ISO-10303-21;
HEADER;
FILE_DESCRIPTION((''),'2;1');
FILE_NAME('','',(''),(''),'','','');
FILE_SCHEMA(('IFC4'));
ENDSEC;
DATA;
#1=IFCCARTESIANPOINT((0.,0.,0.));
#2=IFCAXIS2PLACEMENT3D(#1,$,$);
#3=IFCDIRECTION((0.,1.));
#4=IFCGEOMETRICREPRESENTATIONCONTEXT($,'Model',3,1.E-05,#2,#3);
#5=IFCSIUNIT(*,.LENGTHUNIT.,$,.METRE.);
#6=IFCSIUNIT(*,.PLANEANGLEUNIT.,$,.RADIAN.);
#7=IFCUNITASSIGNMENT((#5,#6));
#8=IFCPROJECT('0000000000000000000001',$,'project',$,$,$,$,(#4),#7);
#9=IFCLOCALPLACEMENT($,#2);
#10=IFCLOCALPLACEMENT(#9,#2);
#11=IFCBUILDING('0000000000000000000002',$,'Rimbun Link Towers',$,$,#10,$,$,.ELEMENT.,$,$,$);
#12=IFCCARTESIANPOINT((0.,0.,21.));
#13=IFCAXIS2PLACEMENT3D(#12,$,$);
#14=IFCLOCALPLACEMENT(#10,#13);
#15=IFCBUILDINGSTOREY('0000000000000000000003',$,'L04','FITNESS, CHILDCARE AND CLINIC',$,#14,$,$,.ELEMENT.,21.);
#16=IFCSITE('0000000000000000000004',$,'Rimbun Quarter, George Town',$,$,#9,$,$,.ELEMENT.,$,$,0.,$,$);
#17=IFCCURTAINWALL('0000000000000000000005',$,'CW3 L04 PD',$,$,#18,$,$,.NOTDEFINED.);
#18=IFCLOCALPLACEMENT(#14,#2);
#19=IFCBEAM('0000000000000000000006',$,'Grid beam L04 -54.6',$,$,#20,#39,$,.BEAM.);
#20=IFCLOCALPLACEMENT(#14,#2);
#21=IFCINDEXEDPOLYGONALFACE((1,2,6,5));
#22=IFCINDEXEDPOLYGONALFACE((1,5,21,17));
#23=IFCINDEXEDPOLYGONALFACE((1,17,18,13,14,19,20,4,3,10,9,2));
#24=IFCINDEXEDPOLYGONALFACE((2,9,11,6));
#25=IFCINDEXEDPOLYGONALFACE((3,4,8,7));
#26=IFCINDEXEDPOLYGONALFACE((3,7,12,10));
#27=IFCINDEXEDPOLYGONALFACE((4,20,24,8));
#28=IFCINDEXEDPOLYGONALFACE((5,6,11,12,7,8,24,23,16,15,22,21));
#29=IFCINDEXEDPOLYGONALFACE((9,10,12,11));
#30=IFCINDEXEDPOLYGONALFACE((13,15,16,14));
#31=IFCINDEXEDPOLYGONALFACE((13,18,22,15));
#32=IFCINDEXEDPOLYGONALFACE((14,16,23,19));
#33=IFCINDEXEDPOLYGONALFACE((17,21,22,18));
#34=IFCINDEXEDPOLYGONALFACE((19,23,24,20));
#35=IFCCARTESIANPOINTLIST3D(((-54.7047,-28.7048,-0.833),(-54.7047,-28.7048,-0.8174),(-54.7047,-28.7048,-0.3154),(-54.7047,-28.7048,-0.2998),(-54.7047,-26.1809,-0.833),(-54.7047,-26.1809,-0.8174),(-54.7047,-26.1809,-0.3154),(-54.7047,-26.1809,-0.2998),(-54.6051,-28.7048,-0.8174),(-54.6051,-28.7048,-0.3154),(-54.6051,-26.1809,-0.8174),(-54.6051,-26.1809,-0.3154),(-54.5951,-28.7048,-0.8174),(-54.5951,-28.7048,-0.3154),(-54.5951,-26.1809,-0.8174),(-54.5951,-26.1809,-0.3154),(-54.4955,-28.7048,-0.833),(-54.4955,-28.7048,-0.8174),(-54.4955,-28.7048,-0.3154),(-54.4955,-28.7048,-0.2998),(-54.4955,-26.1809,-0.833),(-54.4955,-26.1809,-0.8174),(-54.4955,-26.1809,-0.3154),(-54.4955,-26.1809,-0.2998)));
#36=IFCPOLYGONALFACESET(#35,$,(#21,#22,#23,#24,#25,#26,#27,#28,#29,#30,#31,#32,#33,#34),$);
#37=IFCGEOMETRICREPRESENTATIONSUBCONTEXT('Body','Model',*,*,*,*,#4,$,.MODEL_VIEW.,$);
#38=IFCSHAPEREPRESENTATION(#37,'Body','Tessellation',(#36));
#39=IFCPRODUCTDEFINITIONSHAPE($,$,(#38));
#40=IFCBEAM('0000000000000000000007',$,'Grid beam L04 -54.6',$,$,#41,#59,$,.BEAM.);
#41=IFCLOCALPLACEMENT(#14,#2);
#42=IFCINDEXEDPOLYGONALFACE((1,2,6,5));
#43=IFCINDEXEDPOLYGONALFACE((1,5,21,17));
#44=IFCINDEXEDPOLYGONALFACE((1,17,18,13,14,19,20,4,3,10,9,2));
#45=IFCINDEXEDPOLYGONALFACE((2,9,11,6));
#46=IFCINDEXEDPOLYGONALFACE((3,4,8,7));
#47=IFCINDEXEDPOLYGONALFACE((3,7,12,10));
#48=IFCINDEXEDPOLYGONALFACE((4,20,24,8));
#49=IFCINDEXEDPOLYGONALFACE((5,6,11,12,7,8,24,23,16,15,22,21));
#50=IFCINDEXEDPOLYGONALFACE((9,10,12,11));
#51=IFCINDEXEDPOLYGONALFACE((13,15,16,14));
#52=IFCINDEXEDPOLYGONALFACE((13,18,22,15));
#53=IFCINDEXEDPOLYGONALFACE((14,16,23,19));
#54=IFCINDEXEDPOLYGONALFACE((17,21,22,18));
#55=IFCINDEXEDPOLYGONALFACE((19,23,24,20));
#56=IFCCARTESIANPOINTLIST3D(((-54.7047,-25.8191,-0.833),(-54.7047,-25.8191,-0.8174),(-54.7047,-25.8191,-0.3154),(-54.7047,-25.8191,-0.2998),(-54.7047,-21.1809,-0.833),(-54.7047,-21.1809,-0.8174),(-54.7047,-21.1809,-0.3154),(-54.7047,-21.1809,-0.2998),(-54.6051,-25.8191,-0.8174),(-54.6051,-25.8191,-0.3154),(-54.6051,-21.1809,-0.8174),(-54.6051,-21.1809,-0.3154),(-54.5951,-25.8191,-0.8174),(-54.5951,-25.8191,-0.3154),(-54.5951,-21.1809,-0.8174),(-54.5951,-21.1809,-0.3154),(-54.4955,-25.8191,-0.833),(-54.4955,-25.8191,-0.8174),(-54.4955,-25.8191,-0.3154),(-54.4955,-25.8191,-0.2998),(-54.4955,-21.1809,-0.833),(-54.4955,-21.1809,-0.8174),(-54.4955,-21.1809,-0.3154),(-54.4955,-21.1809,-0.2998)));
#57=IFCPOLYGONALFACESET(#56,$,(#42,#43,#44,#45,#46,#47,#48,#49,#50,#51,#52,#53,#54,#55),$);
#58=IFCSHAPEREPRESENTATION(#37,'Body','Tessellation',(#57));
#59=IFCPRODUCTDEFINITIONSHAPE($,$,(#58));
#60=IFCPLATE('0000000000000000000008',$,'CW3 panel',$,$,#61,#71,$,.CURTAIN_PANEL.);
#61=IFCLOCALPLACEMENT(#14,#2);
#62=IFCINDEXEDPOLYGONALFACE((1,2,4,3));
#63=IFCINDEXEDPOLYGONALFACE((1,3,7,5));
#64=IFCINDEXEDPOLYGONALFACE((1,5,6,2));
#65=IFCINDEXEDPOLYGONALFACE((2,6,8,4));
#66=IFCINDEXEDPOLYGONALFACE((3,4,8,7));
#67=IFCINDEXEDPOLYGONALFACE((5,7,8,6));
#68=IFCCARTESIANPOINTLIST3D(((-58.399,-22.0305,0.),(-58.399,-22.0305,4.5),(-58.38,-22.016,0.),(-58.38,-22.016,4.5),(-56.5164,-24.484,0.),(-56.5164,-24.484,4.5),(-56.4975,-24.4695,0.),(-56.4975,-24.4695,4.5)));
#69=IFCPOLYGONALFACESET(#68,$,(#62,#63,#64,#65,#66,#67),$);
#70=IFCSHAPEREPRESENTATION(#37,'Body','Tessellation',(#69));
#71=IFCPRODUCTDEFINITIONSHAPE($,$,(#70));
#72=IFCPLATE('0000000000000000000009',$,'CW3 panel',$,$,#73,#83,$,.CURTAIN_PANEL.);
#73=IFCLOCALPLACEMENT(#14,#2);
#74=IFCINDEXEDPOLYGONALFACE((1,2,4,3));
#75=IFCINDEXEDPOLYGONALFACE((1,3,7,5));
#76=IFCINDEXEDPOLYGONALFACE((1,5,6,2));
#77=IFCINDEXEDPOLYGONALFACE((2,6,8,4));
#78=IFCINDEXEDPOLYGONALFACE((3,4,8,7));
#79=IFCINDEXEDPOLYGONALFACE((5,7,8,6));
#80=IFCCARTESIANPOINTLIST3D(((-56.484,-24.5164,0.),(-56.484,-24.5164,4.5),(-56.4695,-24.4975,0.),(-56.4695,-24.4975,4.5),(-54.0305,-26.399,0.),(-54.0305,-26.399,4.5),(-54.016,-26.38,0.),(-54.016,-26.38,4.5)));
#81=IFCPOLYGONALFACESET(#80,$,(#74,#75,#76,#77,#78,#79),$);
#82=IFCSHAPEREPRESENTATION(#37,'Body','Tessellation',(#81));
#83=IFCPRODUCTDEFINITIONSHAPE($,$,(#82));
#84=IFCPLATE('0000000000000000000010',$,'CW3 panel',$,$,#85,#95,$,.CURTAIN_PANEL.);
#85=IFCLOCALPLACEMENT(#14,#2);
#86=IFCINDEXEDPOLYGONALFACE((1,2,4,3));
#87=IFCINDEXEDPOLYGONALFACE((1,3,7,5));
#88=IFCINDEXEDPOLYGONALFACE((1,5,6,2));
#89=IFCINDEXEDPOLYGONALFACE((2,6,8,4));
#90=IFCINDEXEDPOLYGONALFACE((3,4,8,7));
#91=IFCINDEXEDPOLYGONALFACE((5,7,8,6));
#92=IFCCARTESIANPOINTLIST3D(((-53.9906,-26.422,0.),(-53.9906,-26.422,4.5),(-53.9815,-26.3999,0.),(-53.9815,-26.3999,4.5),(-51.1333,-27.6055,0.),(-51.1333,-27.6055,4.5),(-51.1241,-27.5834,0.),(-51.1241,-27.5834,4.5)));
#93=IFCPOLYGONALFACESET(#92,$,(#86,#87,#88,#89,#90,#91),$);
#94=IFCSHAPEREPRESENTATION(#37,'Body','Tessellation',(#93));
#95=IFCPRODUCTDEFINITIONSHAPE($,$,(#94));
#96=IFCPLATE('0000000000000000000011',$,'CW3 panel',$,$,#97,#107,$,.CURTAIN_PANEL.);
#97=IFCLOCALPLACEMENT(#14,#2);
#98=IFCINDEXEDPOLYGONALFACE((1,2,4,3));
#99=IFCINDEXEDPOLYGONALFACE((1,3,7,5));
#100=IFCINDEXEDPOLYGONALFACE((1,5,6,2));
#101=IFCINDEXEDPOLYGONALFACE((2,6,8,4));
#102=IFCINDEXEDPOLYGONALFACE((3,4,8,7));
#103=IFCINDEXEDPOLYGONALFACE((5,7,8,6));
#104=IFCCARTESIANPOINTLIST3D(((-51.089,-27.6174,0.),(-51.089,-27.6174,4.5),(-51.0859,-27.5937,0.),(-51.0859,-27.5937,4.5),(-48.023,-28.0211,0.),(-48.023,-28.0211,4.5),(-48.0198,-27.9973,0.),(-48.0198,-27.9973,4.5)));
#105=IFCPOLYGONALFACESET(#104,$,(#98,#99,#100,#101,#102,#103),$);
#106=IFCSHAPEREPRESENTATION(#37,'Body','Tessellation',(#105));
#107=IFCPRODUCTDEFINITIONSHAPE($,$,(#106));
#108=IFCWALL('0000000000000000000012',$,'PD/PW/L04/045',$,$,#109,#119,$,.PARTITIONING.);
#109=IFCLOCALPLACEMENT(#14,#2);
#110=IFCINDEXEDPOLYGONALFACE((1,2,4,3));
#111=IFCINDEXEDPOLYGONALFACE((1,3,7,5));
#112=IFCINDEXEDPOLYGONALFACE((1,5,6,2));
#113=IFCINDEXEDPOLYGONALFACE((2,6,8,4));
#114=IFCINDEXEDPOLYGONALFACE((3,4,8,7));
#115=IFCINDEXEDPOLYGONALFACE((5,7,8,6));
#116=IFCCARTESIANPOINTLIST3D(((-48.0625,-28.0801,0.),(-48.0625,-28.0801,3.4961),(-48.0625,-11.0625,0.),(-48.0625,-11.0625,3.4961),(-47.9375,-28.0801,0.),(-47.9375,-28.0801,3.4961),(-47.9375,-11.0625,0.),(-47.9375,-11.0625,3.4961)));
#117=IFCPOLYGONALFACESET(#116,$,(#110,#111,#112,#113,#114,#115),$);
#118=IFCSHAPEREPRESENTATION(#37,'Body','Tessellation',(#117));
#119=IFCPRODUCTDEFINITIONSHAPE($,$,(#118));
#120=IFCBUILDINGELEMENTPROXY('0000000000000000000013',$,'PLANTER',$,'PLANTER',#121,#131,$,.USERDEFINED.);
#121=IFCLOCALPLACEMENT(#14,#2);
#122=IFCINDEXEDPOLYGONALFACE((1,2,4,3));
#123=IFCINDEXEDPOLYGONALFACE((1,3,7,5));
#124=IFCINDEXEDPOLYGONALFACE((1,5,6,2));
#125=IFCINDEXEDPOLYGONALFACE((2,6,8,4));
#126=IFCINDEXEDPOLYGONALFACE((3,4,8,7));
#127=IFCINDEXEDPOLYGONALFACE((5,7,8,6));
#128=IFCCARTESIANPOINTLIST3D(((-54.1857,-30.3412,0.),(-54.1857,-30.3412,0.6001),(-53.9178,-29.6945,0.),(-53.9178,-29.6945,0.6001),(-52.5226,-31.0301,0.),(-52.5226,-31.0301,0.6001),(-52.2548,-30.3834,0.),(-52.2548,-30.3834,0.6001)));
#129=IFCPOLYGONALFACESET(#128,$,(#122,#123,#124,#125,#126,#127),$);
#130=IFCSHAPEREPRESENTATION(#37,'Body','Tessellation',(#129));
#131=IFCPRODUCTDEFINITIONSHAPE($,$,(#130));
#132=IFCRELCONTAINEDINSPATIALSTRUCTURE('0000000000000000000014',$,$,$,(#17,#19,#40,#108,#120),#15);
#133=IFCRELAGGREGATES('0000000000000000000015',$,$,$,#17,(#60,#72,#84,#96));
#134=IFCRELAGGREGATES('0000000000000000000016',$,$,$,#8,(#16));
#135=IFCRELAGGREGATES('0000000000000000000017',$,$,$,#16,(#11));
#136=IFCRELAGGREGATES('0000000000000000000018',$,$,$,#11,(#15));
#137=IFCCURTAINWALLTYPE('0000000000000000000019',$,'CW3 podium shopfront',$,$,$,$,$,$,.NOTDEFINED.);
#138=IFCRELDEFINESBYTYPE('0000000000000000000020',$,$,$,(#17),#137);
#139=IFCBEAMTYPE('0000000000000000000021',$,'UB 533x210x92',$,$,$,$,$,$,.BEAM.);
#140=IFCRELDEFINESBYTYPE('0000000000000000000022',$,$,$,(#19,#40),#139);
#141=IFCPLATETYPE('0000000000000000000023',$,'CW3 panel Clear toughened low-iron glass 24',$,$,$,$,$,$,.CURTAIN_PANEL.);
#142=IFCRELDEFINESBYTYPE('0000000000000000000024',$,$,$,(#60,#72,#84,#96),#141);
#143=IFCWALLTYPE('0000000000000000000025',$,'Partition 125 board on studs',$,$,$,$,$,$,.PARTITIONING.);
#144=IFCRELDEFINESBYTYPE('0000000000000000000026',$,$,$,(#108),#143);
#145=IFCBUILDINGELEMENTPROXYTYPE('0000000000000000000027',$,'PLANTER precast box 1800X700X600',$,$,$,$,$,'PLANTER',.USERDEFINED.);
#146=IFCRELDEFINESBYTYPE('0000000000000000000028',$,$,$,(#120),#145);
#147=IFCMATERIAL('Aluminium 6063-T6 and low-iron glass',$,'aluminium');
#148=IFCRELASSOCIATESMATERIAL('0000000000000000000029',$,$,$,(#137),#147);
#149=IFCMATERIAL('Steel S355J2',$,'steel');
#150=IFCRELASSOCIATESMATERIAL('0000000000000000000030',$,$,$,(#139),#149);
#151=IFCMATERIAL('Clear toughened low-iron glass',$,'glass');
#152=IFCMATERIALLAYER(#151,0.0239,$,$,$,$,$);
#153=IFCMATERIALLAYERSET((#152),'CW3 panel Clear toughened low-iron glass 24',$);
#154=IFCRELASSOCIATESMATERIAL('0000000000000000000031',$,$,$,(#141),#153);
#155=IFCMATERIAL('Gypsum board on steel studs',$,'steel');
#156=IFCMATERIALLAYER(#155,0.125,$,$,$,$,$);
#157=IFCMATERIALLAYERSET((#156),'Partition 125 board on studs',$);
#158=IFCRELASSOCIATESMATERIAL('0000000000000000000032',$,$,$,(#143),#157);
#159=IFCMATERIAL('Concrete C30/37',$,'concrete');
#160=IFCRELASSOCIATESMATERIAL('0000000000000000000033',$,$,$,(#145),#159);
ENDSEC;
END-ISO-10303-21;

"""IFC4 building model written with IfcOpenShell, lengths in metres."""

from ifc_helpers import new_model, si_unit, direction, frame, frame_2d, origin, origin_2d, place, context, subcontext, project, spatial, rectangle, i_section, extrude, material, layer, layer_set, material_profile, profile_set, type_object, element, aggregate, save


model = new_model("IFC4")

# Units and contexts
model_context = context("Model", 3, precision=1e-05, world=origin(), true_north=direction((0.0, 1.0)))
body_context = subcontext(model_context, "Body", "Model", "MODEL_VIEW")
ifc_project = project(units=[si_unit("LENGTHUNIT", "METRE"), si_unit("PLANEANGLEUNIT", "RADIAN")], contexts=[model_context])

# Site, building, storey
site_placement = place(None, origin())
site = spatial("IfcSite", under=ifc_project, at=site_placement, Name="Rimbun Quarter, George Town", CompositionType="ELEMENT", RefElevation=0.0)
building_placement = place(site_placement, origin())
building = spatial("IfcBuilding", under=site, at=building_placement, Name="Rimbun Link Towers", CompositionType="ELEMENT")
storey_placement = place(building_placement, frame((0.0, 0.0, 21.0)))
storey = spatial("IfcBuildingStorey", under=building, at=storey_placement, Name="L04", Description="FITNESS, CHILDCARE AND CLINIC", CompositionType="ELEMENT", Elevation=21.0)

# Curtain wall
ifc_material_1 = material(Name="Aluminium 6063-T6 and low-iron glass", Category="aluminium")
curtain_wall_type = type_object("IfcCurtainWallType", Name="CW3 podium shopfront", PredefinedType="NOTDEFINED", material=ifc_material_1)
curtain_wall_placement = place(storey_placement, origin())
curtain_wall = element("IfcCurtainWall", 1, at=curtain_wall_placement, inside=storey, type_object=curtain_wall_type, Name="CW3 L04 PD", PredefinedType="NOTDEFINED")

# Beams
ifc_material_2 = material(Name="Steel S355J2", Category="steel")
ifc_material_profile_1 = material_profile(ifc_material_2, i_section(OverallWidth=0.2092, OverallDepth=0.5332, WebThickness=0.01, FlangeThickness=0.0156, at=origin_2d()), Name="UB 533x210x92")
ifc_profile_set_1 = profile_set([ifc_material_profile_1], Name="Steel S355J2")
beam_type = type_object("IfcBeamType", Name="UB 533x210x92", PredefinedType="BEAM", material=ifc_profile_set_1)
beam_1_placement = place(storey_placement, frame((-54.6001, -28.7048, -0.5664), z_axis=(0.0, 1.0, 0.0), x_axis=(-1.0, 0.0, 0.0)))
element("IfcBeam", 2, at=beam_1_placement, inside=storey, type_object=beam_type, Name="Grid beam L04 -54.6", PredefinedType="BEAM", context=body_context, shape_type="SweptSolid", body=[
    extrude(i_section(OverallWidth=0.2092, OverallDepth=0.5332, WebThickness=0.01, FlangeThickness=0.0156, at=origin_2d()), origin(), (0.0, 0.0, 1.0), 2.5239),
])
beam_2_placement = place(storey_placement, frame((-54.6001, -25.8191, -0.5664), z_axis=(0.0, 1.0, 0.0), x_axis=(-1.0, 0.0, 0.0)))
element("IfcBeam", 3, at=beam_2_placement, inside=storey, type_object=beam_type, Name="Grid beam L04 -54.6", PredefinedType="BEAM", context=body_context, shape_type="SweptSolid", body=[
    extrude(i_section(OverallWidth=0.2092, OverallDepth=0.5332, WebThickness=0.01, FlangeThickness=0.0156, at=origin_2d()), origin(), (0.0, 0.0, 1.0), 4.6382),
])

# Plates
ifc_material_3 = material(Name="Clear toughened low-iron glass", Category="glass")
ifc_layer_1 = layer(ifc_material_3, 0.0239)
ifc_layer_set_1 = layer_set([ifc_layer_1], Name="CW3 panel Clear toughened low-iron glass 24")
plate_type = type_object("IfcPlateType", Name="CW3 panel Clear toughened low-iron glass 24", PredefinedType="CURTAIN_PANEL", material=ifc_layer_set_1)
plate_1_placement = place(storey_placement, frame((-57.4482, -23.25, 0.0), z_axis=(0.0, 0.0, 1.0), x_axis=(-0.608754, 0.793359, 0.0)))
plate_1 = element("IfcPlate", 4, at=plate_1_placement, type_object=plate_type, Name="CW3 panel", PredefinedType="CURTAIN_PANEL", context=body_context, shape_type="SweptSolid", body=[
    extrude(rectangle(XDim=3.0925, YDim=0.0239, at=origin_2d()), origin(), (0.0, 0.0, 1.0), 4.5),
])
plate_2_placement = place(storey_placement, frame((-55.25, -25.4482, 0.0), z_axis=(0.0, 0.0, 1.0), x_axis=(-0.793359, 0.608754, 0.0)))
plate_2 = element("IfcPlate", 5, at=plate_2_placement, type_object=plate_type, Name="CW3 panel", PredefinedType="CURTAIN_PANEL", context=body_context, shape_type="SweptSolid", body=[
    extrude(rectangle(XDim=3.0925, YDim=0.0239, at=origin_2d()), origin(), (0.0, 0.0, 1.0), 4.5),
])
plate_3_placement = place(storey_placement, frame((-52.5574, -27.0027, 0.0), z_axis=(0.0, 0.0, 1.0), x_axis=(-0.923881, 0.382679, 0.0)))
plate_3 = element("IfcPlate", 6, at=plate_3_placement, type_object=plate_type, Name="CW3 panel", PredefinedType="CURTAIN_PANEL", context=body_context, shape_type="SweptSolid", body=[
    extrude(rectangle(XDim=3.0928, YDim=0.0239, at=origin_2d()), origin(), (0.0, 0.0, 1.0), 4.5),
])
plate_4_placement = place(storey_placement, frame((-49.5544, -27.8074, 0.0), z_axis=(0.0, 0.0, 1.0), x_axis=(-0.991444, 0.13053, 0.0)))
plate_4 = element("IfcPlate", 7, at=plate_4_placement, type_object=plate_type, Name="CW3 panel", PredefinedType="CURTAIN_PANEL", context=body_context, shape_type="SweptSolid", body=[
    extrude(rectangle(XDim=3.0925, YDim=0.0239, at=origin_2d()), origin(), (0.0, 0.0, 1.0), 4.5),
])
aggregate(curtain_wall, [plate_1, plate_2, plate_3, plate_4])

# Wall
ifc_material_4 = material(Name="Gypsum board on steel studs", Category="steel")
ifc_layer_2 = layer(ifc_material_4, 0.125)
ifc_layer_set_2 = layer_set([ifc_layer_2], Name="Partition 125 board on studs")
wall_type = type_object("IfcWallType", Name="Partition 125 board on studs", PredefinedType="PARTITIONING", material=ifc_layer_set_2)
wall_placement = place(storey_placement, frame((-48.0, -28.0801, 0.0), z_axis=(0.0, 0.0, 1.0), x_axis=(0.0, 1.0, 0.0)))
element("IfcWall", 8, at=wall_placement, inside=storey, type_object=wall_type, Name="PD/PW/L04/045", PredefinedType="PARTITIONING", context=body_context, shape_type="SweptSolid", body=[
    extrude(rectangle(XDim=17.0176, YDim=0.125, at=frame_2d((8.5088, 0.0))), origin(), (0.0, 0.0, 1.0), 3.4961),
])

# Building element proxy
ifc_material_5 = material(Name="Concrete C30/37", Category="concrete")
building_element_proxy_type = type_object("IfcBuildingElementProxyType", Name="PLANTER precast box 1800X700X600", ElementType="PLANTER", PredefinedType="USERDEFINED", material=ifc_material_5)
proxy_placement = place(storey_placement, frame((-53.2202, -30.3623, 0.0), z_axis=(0.0, 0.0, 1.0), x_axis=(0.923881, -0.382679, 0.0)))
element("IfcBuildingElementProxy", 9, at=proxy_placement, inside=storey, type_object=building_element_proxy_type, Name="PLANTER", ObjectType="PLANTER", PredefinedType="USERDEFINED", context=body_context, shape_type="SweptSolid", body=[
    extrude(rectangle(XDim=1.8, YDim=0.7, at=origin_2d()), origin(), (0.0, 0.0, 1.0), 0.6001),
])

save(model, "model.ifc")
